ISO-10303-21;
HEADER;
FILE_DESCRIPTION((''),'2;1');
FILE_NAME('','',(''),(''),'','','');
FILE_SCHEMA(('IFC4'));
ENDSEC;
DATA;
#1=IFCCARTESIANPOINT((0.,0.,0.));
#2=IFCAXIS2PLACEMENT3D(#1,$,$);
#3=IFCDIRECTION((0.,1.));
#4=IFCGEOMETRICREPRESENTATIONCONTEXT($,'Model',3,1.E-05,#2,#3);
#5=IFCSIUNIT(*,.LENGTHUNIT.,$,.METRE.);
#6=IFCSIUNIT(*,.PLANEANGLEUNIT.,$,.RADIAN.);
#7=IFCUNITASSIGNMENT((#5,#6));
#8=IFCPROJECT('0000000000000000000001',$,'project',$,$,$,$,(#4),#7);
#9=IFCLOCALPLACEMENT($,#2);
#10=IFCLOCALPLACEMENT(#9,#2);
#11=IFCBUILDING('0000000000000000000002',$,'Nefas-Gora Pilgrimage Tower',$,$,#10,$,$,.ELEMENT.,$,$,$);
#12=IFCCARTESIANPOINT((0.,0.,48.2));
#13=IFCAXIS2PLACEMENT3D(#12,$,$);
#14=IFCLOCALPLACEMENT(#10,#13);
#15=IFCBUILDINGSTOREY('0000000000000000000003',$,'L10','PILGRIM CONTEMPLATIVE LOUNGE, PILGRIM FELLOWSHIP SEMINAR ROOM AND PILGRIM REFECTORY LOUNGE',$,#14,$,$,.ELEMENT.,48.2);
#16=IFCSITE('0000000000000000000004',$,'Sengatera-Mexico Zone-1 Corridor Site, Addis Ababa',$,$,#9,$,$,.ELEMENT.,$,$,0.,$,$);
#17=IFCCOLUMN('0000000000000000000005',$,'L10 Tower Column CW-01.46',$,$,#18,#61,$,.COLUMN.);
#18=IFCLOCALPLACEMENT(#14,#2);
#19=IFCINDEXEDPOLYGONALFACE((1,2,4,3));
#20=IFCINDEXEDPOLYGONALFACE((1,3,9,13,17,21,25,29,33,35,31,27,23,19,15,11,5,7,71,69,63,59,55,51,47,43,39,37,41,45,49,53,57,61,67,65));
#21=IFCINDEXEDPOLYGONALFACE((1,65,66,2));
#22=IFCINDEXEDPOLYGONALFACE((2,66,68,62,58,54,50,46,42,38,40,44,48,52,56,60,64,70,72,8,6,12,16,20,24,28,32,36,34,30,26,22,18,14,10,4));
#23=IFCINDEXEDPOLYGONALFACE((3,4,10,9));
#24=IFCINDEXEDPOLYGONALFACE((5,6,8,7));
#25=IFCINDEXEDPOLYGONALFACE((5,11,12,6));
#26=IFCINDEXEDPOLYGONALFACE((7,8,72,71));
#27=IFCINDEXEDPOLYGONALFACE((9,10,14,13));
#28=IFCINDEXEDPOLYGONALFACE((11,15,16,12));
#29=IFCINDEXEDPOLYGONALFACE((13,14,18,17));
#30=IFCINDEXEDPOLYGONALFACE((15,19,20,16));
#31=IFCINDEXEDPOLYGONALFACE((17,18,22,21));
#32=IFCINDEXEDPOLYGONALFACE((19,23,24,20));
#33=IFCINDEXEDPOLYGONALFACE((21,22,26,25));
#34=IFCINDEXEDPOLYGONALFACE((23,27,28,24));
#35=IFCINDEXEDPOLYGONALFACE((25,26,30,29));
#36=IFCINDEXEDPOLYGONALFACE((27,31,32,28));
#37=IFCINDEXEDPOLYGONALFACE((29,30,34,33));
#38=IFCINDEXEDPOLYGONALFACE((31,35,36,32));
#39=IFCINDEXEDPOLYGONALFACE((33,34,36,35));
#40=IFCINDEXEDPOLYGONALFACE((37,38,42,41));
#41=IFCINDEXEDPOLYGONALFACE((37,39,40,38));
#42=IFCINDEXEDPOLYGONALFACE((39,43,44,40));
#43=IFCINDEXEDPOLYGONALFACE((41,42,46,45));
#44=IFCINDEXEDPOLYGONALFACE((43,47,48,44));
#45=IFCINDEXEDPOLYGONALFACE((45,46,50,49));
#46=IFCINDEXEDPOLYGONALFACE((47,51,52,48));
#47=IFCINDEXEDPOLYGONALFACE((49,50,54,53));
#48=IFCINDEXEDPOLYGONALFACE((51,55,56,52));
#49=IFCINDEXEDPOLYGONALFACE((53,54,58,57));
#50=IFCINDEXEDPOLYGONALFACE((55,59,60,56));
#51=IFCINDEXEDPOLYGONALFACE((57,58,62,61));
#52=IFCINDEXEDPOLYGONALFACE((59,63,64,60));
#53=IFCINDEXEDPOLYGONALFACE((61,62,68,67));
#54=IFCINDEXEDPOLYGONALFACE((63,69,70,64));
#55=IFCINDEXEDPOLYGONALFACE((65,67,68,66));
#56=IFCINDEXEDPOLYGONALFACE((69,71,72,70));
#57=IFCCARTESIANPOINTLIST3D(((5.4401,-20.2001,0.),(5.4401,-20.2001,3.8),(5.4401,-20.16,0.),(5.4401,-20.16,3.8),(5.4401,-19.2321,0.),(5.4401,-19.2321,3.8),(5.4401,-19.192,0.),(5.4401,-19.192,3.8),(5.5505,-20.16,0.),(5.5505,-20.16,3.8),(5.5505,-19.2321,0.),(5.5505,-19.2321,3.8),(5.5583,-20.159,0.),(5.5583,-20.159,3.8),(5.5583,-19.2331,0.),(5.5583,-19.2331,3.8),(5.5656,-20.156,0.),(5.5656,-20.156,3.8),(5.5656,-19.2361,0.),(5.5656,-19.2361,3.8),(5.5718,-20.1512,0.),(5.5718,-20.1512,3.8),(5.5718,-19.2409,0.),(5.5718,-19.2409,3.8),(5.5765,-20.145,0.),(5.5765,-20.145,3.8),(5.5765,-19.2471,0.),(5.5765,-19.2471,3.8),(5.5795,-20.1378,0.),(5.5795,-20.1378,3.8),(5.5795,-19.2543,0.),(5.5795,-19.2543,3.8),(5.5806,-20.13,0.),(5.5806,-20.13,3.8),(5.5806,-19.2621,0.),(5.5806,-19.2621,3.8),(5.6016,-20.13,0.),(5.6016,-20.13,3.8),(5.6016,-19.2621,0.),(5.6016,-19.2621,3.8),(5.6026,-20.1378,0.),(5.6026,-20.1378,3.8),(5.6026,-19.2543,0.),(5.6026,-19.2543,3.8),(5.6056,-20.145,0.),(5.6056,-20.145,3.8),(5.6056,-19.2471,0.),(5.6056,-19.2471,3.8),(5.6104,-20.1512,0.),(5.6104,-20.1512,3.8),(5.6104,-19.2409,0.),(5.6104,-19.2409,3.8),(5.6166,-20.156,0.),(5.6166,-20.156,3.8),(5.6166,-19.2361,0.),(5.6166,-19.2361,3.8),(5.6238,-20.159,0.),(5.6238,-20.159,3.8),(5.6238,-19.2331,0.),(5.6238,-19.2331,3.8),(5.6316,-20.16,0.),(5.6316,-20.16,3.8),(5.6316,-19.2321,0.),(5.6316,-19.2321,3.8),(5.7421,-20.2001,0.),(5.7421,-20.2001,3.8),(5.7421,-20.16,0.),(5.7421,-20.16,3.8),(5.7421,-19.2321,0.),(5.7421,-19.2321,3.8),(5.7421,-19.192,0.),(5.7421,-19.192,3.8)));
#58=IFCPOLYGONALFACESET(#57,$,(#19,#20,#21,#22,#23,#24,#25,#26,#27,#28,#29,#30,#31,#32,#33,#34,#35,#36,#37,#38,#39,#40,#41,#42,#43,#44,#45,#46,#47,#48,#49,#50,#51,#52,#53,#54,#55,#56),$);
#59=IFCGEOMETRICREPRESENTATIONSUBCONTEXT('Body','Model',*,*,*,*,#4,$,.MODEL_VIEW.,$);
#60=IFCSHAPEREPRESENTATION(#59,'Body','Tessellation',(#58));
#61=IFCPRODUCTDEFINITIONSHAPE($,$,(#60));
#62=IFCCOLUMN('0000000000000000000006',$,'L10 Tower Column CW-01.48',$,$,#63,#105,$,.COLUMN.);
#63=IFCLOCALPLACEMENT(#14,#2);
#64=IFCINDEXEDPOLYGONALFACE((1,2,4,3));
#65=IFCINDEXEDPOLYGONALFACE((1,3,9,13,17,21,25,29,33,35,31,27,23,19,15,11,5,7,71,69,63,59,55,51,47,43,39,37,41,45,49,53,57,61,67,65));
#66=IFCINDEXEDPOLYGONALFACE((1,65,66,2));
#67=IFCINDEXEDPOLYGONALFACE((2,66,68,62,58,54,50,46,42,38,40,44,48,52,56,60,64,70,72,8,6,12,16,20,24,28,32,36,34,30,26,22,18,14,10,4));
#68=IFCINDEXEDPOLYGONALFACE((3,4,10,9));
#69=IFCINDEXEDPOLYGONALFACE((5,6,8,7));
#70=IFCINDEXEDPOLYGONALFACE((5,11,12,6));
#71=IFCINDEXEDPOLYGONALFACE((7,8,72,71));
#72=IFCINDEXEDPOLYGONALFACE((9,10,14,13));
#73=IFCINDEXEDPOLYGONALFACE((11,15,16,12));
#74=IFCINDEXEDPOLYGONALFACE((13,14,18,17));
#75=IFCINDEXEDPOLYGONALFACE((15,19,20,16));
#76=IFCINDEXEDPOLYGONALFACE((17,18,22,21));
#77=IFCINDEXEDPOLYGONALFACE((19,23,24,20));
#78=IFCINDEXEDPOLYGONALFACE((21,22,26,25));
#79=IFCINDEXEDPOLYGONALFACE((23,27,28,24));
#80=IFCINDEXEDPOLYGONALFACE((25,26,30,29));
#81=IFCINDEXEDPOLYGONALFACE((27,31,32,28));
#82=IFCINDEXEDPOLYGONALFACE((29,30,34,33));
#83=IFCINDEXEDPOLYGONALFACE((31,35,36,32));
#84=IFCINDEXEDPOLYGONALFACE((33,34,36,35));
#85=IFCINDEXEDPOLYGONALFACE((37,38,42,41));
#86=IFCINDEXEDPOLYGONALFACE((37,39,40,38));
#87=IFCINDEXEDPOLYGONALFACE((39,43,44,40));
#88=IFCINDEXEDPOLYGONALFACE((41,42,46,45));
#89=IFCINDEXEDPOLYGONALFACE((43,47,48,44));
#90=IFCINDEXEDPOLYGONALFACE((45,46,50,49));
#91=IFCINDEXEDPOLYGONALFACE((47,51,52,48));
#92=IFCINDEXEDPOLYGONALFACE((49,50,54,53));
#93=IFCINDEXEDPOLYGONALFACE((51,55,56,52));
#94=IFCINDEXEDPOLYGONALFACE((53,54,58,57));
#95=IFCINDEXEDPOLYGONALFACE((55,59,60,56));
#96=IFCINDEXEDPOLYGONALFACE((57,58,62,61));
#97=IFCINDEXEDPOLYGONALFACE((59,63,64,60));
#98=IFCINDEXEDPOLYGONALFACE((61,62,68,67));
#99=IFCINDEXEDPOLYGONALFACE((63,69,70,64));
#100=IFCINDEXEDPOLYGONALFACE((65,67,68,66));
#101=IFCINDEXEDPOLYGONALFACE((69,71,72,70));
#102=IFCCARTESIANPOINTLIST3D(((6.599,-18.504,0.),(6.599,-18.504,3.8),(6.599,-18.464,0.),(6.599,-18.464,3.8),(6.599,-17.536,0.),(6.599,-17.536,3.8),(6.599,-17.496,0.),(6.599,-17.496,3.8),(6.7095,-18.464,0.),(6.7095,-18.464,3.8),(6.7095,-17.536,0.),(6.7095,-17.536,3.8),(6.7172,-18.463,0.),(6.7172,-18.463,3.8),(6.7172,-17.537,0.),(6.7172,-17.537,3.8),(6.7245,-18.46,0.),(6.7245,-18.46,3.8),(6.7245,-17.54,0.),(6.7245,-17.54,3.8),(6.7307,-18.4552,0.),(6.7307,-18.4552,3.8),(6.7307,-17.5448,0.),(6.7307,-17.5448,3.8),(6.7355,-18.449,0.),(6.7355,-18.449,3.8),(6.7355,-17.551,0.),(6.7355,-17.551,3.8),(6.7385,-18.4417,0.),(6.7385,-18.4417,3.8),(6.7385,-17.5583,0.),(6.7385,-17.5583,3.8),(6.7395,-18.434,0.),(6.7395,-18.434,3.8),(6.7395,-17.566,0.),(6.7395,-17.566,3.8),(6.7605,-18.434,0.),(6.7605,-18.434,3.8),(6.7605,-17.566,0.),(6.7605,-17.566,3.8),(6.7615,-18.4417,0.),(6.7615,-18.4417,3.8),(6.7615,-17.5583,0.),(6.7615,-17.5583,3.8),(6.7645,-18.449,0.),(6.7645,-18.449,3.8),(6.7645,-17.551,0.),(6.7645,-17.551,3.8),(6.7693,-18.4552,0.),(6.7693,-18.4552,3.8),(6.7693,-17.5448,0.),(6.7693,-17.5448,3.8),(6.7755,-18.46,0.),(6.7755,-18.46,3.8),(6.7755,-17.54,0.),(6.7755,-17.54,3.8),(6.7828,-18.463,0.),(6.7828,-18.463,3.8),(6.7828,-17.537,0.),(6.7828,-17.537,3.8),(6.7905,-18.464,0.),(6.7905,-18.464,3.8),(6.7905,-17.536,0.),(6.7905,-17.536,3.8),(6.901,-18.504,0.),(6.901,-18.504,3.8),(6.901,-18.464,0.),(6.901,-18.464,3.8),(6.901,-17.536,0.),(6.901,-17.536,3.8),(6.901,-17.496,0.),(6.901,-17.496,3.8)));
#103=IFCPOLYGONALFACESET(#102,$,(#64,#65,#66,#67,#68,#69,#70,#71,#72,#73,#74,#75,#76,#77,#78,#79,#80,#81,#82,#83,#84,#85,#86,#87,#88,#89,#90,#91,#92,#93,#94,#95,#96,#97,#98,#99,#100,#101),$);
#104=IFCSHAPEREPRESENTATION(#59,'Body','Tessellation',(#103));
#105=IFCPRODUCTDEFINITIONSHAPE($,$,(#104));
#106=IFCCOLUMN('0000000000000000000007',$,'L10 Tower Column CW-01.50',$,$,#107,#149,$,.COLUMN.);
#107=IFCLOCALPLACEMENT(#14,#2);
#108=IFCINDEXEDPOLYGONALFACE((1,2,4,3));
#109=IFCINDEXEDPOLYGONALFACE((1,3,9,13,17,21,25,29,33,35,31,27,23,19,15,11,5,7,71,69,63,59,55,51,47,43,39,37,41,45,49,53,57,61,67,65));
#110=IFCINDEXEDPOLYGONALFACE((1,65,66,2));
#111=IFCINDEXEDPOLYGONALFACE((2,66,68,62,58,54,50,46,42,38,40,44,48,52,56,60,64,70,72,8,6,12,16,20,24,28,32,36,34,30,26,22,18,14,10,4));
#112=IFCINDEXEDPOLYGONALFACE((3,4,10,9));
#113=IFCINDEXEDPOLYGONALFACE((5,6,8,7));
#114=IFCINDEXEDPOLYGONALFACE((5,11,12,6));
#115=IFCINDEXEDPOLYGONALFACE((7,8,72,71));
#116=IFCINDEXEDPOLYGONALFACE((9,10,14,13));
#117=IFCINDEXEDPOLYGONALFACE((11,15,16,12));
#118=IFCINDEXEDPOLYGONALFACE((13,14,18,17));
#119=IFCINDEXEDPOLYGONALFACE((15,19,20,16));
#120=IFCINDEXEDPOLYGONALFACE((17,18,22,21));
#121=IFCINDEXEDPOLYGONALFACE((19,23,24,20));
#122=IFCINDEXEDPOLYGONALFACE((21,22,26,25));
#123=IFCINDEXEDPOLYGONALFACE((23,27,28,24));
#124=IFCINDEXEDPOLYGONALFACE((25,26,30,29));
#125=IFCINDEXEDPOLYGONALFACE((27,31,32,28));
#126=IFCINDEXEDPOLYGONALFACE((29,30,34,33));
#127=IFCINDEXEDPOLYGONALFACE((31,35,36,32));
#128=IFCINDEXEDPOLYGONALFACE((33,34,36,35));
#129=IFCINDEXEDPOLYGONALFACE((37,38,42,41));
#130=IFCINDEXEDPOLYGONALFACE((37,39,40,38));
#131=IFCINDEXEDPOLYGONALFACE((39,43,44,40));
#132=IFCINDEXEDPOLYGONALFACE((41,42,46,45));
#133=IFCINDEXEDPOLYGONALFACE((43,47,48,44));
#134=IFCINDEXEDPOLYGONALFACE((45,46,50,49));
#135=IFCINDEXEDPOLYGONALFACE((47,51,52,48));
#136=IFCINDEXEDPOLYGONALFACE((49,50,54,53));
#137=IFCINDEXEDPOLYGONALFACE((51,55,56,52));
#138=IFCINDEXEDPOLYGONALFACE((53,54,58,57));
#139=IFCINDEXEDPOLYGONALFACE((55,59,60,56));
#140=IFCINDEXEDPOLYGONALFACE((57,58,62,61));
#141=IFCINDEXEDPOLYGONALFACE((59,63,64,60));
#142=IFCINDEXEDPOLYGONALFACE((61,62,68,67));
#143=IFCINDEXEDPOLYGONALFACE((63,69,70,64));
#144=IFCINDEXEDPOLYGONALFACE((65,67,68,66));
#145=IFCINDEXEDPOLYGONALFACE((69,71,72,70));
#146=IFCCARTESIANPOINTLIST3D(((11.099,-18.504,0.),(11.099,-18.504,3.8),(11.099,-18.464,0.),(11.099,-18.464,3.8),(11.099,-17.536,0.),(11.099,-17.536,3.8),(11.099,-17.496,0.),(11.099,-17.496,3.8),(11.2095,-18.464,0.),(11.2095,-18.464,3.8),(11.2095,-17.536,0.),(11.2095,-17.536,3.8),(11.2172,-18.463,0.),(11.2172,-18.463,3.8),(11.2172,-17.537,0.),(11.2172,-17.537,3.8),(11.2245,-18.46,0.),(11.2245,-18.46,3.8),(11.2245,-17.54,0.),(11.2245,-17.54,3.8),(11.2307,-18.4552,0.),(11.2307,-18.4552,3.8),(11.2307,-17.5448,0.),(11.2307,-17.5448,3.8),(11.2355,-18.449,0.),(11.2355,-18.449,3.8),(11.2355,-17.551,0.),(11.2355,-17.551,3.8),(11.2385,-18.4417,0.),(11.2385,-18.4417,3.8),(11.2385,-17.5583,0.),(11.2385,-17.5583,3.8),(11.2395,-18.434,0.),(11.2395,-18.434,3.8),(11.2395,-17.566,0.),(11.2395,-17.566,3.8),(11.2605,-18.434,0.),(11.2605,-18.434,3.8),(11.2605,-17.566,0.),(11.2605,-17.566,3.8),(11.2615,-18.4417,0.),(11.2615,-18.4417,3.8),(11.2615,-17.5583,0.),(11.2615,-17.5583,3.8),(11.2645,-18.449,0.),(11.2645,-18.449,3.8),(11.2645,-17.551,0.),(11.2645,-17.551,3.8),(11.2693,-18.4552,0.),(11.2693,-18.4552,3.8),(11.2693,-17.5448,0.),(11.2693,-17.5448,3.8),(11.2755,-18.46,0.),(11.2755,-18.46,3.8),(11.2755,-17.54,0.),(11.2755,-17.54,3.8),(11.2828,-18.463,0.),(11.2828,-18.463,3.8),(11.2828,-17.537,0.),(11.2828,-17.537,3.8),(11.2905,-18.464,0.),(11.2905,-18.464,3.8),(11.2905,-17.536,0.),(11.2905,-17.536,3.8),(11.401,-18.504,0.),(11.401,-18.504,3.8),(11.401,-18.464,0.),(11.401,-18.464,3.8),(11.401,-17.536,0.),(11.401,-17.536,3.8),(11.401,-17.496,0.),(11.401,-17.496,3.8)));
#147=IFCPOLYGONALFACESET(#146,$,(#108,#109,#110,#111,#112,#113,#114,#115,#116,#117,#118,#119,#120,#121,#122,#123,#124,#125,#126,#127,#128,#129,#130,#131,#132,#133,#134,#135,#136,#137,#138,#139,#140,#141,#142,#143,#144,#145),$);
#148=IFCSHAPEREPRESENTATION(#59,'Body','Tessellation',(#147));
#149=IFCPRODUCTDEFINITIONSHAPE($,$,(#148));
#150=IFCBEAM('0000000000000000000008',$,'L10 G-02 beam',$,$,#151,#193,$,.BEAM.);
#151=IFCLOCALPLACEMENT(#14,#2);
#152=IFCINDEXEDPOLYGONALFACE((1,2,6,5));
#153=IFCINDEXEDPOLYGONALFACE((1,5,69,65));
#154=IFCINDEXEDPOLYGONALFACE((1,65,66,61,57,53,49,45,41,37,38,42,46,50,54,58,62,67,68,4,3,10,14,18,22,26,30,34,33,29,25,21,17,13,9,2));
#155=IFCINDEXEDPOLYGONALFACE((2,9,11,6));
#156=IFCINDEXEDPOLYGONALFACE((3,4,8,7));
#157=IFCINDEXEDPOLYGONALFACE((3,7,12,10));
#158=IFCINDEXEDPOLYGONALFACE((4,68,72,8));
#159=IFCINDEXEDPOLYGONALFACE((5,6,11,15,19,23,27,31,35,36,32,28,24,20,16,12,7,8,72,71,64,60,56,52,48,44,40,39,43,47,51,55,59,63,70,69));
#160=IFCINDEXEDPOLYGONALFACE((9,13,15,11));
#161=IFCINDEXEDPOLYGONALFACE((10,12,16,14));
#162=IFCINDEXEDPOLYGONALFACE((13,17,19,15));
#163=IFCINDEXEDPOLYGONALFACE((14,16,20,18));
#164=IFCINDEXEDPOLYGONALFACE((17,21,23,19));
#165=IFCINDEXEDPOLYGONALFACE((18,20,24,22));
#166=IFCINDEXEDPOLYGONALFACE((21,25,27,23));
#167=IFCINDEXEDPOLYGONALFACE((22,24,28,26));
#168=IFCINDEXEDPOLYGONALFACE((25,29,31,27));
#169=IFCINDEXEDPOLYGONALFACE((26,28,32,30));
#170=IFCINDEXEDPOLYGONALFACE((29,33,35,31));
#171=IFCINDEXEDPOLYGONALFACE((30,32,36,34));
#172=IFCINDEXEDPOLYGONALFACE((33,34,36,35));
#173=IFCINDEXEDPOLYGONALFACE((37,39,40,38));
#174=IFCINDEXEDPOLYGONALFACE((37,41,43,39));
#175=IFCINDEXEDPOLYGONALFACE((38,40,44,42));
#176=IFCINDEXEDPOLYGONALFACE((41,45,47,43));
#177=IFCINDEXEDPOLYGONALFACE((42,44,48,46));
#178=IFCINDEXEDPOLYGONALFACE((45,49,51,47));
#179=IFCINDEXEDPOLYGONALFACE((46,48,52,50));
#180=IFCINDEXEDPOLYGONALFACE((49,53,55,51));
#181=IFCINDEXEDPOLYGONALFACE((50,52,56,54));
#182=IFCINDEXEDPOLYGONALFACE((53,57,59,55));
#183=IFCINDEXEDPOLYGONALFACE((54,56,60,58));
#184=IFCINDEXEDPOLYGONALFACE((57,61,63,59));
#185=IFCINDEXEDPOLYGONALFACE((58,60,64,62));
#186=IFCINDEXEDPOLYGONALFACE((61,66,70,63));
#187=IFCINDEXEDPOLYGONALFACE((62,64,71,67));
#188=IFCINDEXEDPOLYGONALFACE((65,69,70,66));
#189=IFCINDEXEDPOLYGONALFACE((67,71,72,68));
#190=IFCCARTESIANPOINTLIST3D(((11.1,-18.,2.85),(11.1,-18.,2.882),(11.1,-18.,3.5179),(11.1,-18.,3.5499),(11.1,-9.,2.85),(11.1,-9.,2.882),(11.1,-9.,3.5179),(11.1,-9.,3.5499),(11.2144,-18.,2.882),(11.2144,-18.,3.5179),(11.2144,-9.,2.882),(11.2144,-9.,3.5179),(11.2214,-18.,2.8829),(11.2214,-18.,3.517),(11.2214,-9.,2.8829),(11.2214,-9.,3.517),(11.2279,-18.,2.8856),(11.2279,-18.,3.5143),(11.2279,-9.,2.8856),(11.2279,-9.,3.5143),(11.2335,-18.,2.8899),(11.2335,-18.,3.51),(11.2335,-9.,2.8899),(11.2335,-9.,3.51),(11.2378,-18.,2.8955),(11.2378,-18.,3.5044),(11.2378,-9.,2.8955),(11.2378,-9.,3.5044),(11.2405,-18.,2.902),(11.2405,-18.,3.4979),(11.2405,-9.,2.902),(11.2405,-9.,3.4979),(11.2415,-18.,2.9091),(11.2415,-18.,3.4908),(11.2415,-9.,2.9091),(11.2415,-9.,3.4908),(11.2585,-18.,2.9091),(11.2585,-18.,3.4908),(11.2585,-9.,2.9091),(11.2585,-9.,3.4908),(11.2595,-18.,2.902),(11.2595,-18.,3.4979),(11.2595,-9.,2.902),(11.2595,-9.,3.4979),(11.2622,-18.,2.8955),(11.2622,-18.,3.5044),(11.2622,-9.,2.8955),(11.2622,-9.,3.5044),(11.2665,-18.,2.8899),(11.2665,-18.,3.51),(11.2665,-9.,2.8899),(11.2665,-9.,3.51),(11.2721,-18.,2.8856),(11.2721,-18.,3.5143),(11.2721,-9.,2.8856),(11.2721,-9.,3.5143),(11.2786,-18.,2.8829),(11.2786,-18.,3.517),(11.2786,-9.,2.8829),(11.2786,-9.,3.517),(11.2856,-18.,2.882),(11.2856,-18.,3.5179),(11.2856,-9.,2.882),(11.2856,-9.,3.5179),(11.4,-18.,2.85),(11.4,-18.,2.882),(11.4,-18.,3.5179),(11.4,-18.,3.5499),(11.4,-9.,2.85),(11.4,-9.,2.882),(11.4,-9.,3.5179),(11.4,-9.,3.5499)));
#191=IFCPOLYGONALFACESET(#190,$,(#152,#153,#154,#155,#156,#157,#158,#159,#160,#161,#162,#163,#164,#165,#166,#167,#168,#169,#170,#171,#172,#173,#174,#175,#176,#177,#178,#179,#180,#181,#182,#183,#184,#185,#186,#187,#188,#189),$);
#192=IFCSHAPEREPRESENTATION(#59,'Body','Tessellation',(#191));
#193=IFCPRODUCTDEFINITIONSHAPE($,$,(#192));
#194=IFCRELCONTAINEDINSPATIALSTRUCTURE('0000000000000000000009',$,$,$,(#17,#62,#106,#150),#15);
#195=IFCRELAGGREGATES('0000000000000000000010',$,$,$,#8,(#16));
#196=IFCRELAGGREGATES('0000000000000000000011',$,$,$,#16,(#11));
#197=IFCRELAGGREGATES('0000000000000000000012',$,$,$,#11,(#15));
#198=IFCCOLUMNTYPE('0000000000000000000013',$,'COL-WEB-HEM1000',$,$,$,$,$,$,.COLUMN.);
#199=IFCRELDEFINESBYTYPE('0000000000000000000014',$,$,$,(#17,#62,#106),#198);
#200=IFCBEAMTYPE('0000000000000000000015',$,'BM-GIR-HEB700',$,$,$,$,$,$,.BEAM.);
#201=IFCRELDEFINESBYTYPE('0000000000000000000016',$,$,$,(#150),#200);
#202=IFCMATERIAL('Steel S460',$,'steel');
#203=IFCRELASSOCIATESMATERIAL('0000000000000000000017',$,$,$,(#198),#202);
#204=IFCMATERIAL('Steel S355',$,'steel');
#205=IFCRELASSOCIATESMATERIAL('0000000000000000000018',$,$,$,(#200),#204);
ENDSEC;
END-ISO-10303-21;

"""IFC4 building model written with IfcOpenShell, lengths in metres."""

from ifc_helpers import new_model, si_unit, direction, frame, origin, origin_2d, place, context, subcontext, project, spatial, i_section, extrude, source, transform, mapped, material, material_profile, profile_set, type_object, element, save


model = new_model("IFC4")

# Units and contexts
model_context = context("Model", 3, precision=1e-05, world=origin(), true_north=direction((0.0, 1.0)))
body_context = subcontext(model_context, "Body", "Model", "MODEL_VIEW")
ifc_project = project(units=[si_unit("LENGTHUNIT", "METRE"), si_unit("PLANEANGLEUNIT", "RADIAN")], contexts=[model_context])

# Site, building, storey
site_placement = place(None, origin())
site = spatial("IfcSite", under=ifc_project, at=site_placement, Name="Sengatera-Mexico Zone-1 Corridor Site, Addis Ababa", CompositionType="ELEMENT", RefElevation=0.0)
building_placement = place(site_placement, origin())
building = spatial("IfcBuilding", under=site, at=building_placement, Name="Nefas-Gora Pilgrimage Tower", CompositionType="ELEMENT")
storey_placement = place(building_placement, frame((0.0, 0.0, 48.2)))
storey = spatial("IfcBuildingStorey", under=building, at=storey_placement, Name="L10", Description="PILGRIM CONTEMPLATIVE LOUNGE, PILGRIM FELLOWSHIP SEMINAR ROOM AND PILGRIM REFECTORY LOUNGE", CompositionType="ELEMENT", Elevation=48.2)

# Columns
ifc_material_1 = material(Name="Steel S460", Category="steel")
ifc_material_profile_1 = material_profile(ifc_material_1, i_section(OverallWidth=0.302, OverallDepth=1.0081, WebThickness=0.021, FlangeThickness=0.04, FilletRadius=0.03, at=origin_2d()), Name="HEM 1000")
ifc_profile_set_1 = profile_set([ifc_material_profile_1], Name="Steel S460")
column_type_1 = type_object("IfcColumnType", Name="COL-WEB-HEM1000", PredefinedType="COLUMN", material=ifc_profile_set_1)
shared_shape_1 = source(origin(), body_context, "Body", "SweptSolid", [
    extrude(i_section(OverallWidth=0.302, OverallDepth=1.0081, WebThickness=0.021, FlangeThickness=0.04, FilletRadius=0.03, at=origin_2d()), origin(), (0.0, 0.0, 1.0), 3.8),
])
for number, where, z_axis, x_axis, name in (
    (1, (5.5911, -19.696, 0.0), (0.0, 0.0, 1.0), (1.0, 0.0, 0.0), "L10 Tower Column CW-01.46"),
    (2, (6.75, -18.0, 0.0), (0.0, 0.0, 1.0), (1.0, 0.0, 0.0), "L10 Tower Column CW-01.48"),
    (3, (11.25, -18.0, 0.0), (0.0, 0.0, 1.0), (1.0, 0.0, 0.0), "L10 Tower Column CW-01.50"),
):
    element("IfcColumn", number, at=place(storey_placement, frame(where, z_axis=z_axis, x_axis=x_axis)), inside=storey, type_object=column_type_1, Name=name, PredefinedType="COLUMN", context=body_context, shape_type="MappedRepresentation", body=[
        mapped(shared_shape_1, transform((0.0, 0.0, 0.0), x_axis=(1.0, 0.0, 0.0), y_axis=(0.0, 1.0, 0.0), z_axis=(0.0, 0.0, 1.0), scale=1.0)),
    ])

# Beam
ifc_material_2 = material(Name="Steel S355", Category="steel")
ifc_material_profile_2 = material_profile(ifc_material_2, i_section(OverallWidth=0.3, OverallDepth=0.7, WebThickness=0.0171, FlangeThickness=0.032, FilletRadius=0.0271, at=origin_2d()), Name="HEB 700")
ifc_profile_set_2 = profile_set([ifc_material_profile_2], Name="Steel S355")
beam_type_1 = type_object("IfcBeamType", Name="BM-GIR-HEB700", PredefinedType="BEAM", material=ifc_profile_set_2)
shared_shape_2 = source(origin(), body_context, "Body", "SweptSolid", [
    extrude(i_section(OverallWidth=0.3, OverallDepth=0.7, WebThickness=0.0171, FlangeThickness=0.032, FilletRadius=0.0271, at=origin_2d()), origin(), (0.0, 0.0, 1.0), 9.0),
])
beam_1_placement = place(storey_placement, frame((11.25, -18.0, 3.2), z_axis=(0.0, 1.0, 0.0), x_axis=(-1.0, 0.0, 0.0)))
element("IfcBeam", 4, at=beam_1_placement, inside=storey, type_object=beam_type_1, Name="L10 G-02 beam", PredefinedType="BEAM", context=body_context, shape_type="MappedRepresentation", body=[
    mapped(shared_shape_2, transform((0.0, 0.0, 0.0), x_axis=(1.0, 0.0, 0.0), y_axis=(0.0, 1.0, 0.0), z_axis=(0.0, 0.0, 1.0), scale=1.0)),
])

save(model, "model.ifc")
